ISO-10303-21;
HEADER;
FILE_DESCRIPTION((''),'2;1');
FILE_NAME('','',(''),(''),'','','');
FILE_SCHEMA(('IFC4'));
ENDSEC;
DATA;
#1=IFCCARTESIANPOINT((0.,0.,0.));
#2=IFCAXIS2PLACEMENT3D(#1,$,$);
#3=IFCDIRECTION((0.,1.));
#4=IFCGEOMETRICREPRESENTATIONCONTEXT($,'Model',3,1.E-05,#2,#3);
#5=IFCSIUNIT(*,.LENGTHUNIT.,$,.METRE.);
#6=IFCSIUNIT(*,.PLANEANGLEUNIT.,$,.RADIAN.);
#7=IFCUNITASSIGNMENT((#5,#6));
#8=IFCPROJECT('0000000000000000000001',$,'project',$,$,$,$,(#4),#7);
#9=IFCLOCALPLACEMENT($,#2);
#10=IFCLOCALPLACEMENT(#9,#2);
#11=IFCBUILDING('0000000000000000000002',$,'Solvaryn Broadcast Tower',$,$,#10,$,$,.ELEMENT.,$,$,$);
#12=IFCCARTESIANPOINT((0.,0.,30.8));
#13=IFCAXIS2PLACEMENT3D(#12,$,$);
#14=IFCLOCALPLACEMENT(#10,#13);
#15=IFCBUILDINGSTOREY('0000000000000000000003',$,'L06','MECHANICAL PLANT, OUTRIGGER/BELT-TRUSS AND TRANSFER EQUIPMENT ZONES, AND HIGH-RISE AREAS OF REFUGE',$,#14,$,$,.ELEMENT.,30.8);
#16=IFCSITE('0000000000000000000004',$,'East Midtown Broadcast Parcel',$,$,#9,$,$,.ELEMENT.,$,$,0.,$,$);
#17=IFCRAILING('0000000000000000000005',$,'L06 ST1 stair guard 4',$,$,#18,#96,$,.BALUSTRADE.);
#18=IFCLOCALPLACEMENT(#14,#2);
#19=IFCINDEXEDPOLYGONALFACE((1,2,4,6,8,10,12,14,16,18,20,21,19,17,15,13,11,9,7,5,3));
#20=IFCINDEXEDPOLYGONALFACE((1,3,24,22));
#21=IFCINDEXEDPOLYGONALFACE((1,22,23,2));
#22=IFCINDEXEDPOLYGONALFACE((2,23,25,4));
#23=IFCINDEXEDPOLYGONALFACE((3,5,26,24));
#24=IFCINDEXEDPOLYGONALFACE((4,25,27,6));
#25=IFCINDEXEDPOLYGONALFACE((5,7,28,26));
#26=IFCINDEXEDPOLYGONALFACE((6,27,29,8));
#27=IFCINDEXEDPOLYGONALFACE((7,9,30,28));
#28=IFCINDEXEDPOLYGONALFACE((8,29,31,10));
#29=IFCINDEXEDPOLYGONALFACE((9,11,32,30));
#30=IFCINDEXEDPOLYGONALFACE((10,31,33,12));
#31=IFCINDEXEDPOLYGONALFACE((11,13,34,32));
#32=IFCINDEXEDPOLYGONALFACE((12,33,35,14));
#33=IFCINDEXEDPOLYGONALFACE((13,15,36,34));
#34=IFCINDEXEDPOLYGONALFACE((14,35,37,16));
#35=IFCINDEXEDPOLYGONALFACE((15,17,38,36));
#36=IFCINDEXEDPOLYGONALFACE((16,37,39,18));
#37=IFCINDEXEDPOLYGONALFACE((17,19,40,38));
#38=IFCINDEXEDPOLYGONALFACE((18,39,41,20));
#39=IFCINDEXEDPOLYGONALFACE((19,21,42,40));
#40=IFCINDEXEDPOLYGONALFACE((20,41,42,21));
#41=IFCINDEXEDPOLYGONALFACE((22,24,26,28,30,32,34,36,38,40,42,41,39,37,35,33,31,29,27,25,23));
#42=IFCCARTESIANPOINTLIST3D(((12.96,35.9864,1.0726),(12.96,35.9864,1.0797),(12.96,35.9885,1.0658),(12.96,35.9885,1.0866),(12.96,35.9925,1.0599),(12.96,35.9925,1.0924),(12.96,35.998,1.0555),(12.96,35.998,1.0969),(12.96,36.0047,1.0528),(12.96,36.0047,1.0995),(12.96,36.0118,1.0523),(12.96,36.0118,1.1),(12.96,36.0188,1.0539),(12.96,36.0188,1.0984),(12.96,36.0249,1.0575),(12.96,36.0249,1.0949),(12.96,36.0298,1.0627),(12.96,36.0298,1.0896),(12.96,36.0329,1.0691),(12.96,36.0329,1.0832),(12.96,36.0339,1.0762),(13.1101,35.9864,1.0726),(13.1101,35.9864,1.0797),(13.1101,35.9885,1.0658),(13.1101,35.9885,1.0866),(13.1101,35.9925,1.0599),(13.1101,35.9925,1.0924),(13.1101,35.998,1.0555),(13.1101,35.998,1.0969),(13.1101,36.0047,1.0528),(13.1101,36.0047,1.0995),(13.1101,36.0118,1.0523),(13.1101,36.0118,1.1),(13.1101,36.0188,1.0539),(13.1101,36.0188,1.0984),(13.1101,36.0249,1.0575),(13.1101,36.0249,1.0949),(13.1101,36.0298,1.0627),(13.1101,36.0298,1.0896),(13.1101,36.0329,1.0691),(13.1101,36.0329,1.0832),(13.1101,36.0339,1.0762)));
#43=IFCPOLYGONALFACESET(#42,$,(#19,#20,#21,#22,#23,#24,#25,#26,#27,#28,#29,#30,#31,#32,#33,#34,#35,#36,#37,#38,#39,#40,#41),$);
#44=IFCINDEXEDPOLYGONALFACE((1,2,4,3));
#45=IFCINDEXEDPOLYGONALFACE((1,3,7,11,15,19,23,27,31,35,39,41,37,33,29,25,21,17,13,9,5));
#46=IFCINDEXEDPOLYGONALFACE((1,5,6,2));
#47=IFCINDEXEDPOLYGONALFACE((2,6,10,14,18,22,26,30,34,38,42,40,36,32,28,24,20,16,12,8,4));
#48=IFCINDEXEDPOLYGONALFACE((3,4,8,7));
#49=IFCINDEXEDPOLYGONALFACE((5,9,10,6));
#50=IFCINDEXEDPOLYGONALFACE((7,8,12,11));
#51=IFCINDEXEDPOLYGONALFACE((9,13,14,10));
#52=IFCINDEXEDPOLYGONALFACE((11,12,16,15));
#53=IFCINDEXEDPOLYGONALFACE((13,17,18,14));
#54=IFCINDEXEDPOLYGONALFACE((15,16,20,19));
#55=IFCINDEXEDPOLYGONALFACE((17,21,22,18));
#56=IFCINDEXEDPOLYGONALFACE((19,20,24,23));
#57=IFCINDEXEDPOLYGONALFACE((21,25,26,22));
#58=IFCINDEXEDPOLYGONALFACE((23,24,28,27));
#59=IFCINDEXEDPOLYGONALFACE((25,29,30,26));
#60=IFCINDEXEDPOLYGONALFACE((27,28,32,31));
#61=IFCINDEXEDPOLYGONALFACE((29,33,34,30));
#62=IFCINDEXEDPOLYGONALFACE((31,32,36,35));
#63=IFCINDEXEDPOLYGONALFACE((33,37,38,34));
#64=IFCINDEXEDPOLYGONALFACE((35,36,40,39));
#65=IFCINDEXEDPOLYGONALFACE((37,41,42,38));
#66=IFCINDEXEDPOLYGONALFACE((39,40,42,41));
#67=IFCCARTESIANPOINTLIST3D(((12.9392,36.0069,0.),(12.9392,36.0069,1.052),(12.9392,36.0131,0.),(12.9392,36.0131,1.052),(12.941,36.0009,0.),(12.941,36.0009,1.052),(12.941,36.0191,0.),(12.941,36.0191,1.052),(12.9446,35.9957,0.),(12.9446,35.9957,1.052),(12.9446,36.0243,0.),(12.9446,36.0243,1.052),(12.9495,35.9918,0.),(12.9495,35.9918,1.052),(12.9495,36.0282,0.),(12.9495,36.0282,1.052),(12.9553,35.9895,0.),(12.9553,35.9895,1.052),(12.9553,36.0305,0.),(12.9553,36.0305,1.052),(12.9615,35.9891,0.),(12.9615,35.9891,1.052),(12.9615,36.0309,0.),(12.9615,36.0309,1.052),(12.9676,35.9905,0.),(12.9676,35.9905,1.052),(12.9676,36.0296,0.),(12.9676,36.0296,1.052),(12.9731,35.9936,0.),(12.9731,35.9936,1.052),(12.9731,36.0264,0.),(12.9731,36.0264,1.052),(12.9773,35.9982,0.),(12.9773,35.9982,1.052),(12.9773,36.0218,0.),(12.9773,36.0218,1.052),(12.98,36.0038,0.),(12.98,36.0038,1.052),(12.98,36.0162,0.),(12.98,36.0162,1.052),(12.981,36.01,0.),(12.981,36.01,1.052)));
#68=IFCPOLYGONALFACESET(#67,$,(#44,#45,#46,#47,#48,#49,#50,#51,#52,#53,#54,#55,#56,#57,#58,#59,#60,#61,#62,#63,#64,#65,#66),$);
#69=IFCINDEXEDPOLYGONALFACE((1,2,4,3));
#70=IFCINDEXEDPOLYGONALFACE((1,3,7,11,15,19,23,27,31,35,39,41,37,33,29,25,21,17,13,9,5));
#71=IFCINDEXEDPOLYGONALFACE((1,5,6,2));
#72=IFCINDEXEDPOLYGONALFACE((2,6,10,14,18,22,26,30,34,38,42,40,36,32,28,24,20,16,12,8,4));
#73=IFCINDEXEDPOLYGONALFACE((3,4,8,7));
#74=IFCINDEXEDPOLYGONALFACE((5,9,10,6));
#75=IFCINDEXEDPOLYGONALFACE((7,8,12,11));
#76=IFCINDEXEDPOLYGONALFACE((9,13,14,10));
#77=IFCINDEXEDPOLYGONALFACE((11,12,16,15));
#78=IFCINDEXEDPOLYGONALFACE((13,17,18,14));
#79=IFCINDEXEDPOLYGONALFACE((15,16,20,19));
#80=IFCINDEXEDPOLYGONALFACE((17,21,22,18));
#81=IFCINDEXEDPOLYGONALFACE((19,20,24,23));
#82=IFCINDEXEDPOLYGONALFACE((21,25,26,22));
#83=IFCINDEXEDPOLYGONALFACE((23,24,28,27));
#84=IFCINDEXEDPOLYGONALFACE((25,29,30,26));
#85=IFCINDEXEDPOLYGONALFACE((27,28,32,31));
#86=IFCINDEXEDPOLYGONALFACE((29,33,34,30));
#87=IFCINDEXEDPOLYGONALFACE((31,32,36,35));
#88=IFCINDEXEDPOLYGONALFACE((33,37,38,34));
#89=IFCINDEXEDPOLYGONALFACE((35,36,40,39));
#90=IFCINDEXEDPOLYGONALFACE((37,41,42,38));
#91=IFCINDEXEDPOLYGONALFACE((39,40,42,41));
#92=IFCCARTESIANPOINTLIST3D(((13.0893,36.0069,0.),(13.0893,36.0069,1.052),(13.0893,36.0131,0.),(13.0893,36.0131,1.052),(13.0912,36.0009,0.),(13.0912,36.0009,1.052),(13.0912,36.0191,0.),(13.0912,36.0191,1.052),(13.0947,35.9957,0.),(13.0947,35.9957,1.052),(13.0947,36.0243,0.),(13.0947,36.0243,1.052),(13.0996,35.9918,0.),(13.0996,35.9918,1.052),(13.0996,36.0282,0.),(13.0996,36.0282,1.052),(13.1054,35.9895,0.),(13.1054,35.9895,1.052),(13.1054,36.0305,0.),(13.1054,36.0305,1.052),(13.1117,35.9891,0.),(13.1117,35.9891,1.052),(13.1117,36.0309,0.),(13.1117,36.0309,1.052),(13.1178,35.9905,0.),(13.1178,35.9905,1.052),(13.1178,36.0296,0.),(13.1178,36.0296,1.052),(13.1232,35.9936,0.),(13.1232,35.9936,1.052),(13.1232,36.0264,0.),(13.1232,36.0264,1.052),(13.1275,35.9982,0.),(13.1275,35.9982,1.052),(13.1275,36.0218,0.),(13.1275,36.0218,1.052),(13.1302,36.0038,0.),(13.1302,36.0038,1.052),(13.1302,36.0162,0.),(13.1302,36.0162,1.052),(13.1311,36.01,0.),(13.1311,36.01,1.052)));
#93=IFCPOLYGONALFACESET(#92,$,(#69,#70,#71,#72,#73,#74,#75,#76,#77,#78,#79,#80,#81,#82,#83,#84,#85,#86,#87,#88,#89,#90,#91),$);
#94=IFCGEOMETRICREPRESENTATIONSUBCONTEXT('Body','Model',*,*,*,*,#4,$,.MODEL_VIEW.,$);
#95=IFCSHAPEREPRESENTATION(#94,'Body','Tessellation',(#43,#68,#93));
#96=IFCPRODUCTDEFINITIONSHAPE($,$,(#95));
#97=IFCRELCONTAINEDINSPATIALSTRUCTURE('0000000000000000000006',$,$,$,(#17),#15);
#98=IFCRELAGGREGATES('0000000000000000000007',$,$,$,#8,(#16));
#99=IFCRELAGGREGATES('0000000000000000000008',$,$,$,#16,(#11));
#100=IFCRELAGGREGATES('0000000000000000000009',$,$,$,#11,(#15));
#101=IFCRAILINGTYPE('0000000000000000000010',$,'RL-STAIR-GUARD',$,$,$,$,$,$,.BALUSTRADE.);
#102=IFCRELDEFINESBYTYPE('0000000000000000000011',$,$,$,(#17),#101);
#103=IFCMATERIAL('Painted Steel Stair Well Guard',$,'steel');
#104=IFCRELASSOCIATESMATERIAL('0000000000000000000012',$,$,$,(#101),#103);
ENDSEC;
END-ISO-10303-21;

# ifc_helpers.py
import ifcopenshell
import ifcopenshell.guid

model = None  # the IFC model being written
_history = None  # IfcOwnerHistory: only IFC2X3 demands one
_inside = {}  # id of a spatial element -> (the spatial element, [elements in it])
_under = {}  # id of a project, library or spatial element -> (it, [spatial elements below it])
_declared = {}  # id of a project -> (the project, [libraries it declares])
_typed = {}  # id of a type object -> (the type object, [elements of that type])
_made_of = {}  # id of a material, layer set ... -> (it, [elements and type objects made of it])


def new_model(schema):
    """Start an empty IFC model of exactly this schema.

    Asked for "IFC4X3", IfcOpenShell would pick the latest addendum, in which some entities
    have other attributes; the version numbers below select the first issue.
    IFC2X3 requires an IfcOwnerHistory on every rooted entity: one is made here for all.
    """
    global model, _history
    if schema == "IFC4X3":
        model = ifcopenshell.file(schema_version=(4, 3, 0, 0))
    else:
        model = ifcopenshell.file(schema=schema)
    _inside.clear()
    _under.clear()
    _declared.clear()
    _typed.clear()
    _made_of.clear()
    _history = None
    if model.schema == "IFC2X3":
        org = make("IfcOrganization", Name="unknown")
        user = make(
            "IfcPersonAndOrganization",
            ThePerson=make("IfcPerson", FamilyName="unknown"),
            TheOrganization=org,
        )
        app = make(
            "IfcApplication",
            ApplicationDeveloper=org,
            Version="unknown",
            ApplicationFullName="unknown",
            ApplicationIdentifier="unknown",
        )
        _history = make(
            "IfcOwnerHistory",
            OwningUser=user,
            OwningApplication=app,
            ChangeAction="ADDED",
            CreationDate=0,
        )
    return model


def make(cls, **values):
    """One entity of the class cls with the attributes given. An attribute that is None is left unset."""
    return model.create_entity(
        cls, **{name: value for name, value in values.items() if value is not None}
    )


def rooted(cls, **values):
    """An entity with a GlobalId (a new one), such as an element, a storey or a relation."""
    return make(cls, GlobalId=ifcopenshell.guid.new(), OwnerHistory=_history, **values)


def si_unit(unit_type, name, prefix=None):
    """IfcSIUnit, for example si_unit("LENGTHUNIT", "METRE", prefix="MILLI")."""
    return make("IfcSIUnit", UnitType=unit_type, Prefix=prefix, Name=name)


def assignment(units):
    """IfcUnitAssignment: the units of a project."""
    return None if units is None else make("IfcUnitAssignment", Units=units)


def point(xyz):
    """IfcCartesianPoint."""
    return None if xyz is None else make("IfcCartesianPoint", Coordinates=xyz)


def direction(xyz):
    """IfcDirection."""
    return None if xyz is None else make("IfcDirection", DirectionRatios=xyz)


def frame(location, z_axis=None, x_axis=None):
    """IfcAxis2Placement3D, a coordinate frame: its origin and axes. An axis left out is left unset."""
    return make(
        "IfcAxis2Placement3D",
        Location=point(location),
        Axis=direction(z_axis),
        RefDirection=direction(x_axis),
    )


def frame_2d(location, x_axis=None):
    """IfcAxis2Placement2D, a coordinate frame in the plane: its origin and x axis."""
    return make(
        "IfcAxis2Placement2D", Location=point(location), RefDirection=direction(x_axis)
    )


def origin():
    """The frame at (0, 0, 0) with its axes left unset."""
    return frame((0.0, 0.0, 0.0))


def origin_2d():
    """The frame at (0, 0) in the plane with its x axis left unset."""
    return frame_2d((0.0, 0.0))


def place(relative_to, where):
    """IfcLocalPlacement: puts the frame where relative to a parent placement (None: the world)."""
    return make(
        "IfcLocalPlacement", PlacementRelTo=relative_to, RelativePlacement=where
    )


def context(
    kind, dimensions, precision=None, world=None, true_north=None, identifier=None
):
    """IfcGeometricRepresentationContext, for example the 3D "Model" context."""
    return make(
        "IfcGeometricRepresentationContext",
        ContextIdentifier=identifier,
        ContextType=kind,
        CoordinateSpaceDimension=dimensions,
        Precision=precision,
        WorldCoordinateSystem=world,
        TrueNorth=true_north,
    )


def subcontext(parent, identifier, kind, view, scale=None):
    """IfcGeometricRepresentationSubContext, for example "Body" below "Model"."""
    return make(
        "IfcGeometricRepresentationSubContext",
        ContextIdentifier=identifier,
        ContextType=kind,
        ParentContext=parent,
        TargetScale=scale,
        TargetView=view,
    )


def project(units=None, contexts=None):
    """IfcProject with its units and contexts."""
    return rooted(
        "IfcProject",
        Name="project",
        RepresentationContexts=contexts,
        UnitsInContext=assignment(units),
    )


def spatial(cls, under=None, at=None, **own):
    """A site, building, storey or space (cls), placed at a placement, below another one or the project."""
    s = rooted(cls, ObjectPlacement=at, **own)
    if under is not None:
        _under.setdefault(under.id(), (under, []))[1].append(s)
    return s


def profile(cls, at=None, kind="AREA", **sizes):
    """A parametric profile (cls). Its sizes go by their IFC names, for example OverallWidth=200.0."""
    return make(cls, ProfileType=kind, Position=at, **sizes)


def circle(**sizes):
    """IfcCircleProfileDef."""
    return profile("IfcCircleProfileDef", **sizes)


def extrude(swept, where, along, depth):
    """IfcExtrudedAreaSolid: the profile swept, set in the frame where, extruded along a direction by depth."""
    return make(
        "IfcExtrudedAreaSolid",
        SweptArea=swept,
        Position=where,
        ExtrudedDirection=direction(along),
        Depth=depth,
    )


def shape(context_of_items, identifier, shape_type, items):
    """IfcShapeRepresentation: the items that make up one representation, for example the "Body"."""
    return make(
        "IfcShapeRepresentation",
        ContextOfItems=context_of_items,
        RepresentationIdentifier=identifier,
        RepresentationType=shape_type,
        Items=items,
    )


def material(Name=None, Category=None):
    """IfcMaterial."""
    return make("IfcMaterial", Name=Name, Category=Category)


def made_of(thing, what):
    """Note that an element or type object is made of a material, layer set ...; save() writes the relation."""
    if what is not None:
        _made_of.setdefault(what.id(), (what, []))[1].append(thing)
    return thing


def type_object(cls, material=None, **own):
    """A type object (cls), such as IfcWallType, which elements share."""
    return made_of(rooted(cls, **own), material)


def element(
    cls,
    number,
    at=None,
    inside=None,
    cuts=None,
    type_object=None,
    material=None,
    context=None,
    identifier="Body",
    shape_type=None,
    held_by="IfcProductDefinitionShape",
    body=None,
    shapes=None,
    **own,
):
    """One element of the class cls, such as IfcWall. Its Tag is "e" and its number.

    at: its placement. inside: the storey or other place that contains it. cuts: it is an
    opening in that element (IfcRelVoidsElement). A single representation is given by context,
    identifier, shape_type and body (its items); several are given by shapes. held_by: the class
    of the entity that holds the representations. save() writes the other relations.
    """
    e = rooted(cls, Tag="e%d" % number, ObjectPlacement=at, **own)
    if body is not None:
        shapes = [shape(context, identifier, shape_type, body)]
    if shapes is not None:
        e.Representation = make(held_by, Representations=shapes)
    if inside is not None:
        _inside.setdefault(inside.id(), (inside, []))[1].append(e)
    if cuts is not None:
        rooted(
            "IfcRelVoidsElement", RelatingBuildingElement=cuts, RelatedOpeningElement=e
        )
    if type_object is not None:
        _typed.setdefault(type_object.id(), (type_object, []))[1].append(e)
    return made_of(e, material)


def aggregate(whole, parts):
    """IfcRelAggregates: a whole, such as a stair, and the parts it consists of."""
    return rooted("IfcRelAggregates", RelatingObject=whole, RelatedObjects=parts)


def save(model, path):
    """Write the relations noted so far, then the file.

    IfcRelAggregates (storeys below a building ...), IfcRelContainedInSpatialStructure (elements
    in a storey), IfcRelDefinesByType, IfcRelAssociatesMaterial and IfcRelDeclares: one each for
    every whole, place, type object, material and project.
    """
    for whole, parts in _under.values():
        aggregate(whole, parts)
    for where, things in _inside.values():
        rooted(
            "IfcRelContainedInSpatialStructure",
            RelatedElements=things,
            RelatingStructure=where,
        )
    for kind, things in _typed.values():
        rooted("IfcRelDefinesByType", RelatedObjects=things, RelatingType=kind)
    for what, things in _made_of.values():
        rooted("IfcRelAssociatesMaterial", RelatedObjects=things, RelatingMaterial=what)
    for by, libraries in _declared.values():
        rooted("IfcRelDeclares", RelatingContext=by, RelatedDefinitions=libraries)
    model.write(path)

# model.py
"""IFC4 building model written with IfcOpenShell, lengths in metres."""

from ifc_helpers import new_model, si_unit, direction, frame, origin, origin_2d, place, context, subcontext, project, spatial, circle, extrude, material, type_object, element, save


model = new_model("IFC4")

# Units and contexts
model_context = context("Model", 3, precision=1e-05, world=origin(), true_north=direction((0.0, 1.0)))
body_context = subcontext(model_context, "Body", "Model", "MODEL_VIEW")
ifc_project = project(units=[si_unit("LENGTHUNIT", "METRE"), si_unit("PLANEANGLEUNIT", "RADIAN")], contexts=[model_context])

# Site, building, storey
site_placement = place(None, origin())
site = spatial("IfcSite", under=ifc_project, at=site_placement, Name="East Midtown Broadcast Parcel", CompositionType="ELEMENT", RefElevation=0.0)
building_placement = place(site_placement, origin())
building = spatial("IfcBuilding", under=site, at=building_placement, Name="Solvaryn Broadcast Tower", CompositionType="ELEMENT")
storey_placement = place(building_placement, frame((0.0, 0.0, 30.8)))
storey = spatial("IfcBuildingStorey", under=building, at=storey_placement, Name="L06", Description="MECHANICAL PLANT, OUTRIGGER/BELT-TRUSS AND TRANSFER EQUIPMENT ZONES, AND HIGH-RISE AREAS OF REFUGE", CompositionType="ELEMENT", Elevation=30.8)

# Railing
ifc_material_1 = material(Name="Painted Steel Stair Well Guard", Category="steel")
railing_type_1 = type_object("IfcRailingType", Name="RL-STAIR-GUARD", PredefinedType="BALUSTRADE", material=ifc_material_1)
railing_1_placement = place(storey_placement, frame((12.96, 36.01, 0.0)))
element("IfcRailing", 1, at=railing_1_placement, inside=storey, type_object=railing_type_1, Name="L06 ST1 stair guard 4", PredefinedType="BALUSTRADE", context=body_context, shape_type="SweptSolid", body=[
    extrude(circle(Radius=0.0239, at=origin_2d()), frame((0.0, 0.0, 1.0762), z_axis=(1.0, 0.0, 0.0), x_axis=(0.0, 1.0, 0.0)), (0.0, 0.0, 1.0), 0.1501),
    extrude(circle(Radius=0.021, at=origin_2d()), origin(), (0.0, 0.0, 1.0), 1.052),
    extrude(circle(Radius=0.021, at=origin_2d()), frame((0.1501, 0.0, 0.0)), (0.0, 0.0, 1.0), 1.052),
])

save(model, "model.ifc")
